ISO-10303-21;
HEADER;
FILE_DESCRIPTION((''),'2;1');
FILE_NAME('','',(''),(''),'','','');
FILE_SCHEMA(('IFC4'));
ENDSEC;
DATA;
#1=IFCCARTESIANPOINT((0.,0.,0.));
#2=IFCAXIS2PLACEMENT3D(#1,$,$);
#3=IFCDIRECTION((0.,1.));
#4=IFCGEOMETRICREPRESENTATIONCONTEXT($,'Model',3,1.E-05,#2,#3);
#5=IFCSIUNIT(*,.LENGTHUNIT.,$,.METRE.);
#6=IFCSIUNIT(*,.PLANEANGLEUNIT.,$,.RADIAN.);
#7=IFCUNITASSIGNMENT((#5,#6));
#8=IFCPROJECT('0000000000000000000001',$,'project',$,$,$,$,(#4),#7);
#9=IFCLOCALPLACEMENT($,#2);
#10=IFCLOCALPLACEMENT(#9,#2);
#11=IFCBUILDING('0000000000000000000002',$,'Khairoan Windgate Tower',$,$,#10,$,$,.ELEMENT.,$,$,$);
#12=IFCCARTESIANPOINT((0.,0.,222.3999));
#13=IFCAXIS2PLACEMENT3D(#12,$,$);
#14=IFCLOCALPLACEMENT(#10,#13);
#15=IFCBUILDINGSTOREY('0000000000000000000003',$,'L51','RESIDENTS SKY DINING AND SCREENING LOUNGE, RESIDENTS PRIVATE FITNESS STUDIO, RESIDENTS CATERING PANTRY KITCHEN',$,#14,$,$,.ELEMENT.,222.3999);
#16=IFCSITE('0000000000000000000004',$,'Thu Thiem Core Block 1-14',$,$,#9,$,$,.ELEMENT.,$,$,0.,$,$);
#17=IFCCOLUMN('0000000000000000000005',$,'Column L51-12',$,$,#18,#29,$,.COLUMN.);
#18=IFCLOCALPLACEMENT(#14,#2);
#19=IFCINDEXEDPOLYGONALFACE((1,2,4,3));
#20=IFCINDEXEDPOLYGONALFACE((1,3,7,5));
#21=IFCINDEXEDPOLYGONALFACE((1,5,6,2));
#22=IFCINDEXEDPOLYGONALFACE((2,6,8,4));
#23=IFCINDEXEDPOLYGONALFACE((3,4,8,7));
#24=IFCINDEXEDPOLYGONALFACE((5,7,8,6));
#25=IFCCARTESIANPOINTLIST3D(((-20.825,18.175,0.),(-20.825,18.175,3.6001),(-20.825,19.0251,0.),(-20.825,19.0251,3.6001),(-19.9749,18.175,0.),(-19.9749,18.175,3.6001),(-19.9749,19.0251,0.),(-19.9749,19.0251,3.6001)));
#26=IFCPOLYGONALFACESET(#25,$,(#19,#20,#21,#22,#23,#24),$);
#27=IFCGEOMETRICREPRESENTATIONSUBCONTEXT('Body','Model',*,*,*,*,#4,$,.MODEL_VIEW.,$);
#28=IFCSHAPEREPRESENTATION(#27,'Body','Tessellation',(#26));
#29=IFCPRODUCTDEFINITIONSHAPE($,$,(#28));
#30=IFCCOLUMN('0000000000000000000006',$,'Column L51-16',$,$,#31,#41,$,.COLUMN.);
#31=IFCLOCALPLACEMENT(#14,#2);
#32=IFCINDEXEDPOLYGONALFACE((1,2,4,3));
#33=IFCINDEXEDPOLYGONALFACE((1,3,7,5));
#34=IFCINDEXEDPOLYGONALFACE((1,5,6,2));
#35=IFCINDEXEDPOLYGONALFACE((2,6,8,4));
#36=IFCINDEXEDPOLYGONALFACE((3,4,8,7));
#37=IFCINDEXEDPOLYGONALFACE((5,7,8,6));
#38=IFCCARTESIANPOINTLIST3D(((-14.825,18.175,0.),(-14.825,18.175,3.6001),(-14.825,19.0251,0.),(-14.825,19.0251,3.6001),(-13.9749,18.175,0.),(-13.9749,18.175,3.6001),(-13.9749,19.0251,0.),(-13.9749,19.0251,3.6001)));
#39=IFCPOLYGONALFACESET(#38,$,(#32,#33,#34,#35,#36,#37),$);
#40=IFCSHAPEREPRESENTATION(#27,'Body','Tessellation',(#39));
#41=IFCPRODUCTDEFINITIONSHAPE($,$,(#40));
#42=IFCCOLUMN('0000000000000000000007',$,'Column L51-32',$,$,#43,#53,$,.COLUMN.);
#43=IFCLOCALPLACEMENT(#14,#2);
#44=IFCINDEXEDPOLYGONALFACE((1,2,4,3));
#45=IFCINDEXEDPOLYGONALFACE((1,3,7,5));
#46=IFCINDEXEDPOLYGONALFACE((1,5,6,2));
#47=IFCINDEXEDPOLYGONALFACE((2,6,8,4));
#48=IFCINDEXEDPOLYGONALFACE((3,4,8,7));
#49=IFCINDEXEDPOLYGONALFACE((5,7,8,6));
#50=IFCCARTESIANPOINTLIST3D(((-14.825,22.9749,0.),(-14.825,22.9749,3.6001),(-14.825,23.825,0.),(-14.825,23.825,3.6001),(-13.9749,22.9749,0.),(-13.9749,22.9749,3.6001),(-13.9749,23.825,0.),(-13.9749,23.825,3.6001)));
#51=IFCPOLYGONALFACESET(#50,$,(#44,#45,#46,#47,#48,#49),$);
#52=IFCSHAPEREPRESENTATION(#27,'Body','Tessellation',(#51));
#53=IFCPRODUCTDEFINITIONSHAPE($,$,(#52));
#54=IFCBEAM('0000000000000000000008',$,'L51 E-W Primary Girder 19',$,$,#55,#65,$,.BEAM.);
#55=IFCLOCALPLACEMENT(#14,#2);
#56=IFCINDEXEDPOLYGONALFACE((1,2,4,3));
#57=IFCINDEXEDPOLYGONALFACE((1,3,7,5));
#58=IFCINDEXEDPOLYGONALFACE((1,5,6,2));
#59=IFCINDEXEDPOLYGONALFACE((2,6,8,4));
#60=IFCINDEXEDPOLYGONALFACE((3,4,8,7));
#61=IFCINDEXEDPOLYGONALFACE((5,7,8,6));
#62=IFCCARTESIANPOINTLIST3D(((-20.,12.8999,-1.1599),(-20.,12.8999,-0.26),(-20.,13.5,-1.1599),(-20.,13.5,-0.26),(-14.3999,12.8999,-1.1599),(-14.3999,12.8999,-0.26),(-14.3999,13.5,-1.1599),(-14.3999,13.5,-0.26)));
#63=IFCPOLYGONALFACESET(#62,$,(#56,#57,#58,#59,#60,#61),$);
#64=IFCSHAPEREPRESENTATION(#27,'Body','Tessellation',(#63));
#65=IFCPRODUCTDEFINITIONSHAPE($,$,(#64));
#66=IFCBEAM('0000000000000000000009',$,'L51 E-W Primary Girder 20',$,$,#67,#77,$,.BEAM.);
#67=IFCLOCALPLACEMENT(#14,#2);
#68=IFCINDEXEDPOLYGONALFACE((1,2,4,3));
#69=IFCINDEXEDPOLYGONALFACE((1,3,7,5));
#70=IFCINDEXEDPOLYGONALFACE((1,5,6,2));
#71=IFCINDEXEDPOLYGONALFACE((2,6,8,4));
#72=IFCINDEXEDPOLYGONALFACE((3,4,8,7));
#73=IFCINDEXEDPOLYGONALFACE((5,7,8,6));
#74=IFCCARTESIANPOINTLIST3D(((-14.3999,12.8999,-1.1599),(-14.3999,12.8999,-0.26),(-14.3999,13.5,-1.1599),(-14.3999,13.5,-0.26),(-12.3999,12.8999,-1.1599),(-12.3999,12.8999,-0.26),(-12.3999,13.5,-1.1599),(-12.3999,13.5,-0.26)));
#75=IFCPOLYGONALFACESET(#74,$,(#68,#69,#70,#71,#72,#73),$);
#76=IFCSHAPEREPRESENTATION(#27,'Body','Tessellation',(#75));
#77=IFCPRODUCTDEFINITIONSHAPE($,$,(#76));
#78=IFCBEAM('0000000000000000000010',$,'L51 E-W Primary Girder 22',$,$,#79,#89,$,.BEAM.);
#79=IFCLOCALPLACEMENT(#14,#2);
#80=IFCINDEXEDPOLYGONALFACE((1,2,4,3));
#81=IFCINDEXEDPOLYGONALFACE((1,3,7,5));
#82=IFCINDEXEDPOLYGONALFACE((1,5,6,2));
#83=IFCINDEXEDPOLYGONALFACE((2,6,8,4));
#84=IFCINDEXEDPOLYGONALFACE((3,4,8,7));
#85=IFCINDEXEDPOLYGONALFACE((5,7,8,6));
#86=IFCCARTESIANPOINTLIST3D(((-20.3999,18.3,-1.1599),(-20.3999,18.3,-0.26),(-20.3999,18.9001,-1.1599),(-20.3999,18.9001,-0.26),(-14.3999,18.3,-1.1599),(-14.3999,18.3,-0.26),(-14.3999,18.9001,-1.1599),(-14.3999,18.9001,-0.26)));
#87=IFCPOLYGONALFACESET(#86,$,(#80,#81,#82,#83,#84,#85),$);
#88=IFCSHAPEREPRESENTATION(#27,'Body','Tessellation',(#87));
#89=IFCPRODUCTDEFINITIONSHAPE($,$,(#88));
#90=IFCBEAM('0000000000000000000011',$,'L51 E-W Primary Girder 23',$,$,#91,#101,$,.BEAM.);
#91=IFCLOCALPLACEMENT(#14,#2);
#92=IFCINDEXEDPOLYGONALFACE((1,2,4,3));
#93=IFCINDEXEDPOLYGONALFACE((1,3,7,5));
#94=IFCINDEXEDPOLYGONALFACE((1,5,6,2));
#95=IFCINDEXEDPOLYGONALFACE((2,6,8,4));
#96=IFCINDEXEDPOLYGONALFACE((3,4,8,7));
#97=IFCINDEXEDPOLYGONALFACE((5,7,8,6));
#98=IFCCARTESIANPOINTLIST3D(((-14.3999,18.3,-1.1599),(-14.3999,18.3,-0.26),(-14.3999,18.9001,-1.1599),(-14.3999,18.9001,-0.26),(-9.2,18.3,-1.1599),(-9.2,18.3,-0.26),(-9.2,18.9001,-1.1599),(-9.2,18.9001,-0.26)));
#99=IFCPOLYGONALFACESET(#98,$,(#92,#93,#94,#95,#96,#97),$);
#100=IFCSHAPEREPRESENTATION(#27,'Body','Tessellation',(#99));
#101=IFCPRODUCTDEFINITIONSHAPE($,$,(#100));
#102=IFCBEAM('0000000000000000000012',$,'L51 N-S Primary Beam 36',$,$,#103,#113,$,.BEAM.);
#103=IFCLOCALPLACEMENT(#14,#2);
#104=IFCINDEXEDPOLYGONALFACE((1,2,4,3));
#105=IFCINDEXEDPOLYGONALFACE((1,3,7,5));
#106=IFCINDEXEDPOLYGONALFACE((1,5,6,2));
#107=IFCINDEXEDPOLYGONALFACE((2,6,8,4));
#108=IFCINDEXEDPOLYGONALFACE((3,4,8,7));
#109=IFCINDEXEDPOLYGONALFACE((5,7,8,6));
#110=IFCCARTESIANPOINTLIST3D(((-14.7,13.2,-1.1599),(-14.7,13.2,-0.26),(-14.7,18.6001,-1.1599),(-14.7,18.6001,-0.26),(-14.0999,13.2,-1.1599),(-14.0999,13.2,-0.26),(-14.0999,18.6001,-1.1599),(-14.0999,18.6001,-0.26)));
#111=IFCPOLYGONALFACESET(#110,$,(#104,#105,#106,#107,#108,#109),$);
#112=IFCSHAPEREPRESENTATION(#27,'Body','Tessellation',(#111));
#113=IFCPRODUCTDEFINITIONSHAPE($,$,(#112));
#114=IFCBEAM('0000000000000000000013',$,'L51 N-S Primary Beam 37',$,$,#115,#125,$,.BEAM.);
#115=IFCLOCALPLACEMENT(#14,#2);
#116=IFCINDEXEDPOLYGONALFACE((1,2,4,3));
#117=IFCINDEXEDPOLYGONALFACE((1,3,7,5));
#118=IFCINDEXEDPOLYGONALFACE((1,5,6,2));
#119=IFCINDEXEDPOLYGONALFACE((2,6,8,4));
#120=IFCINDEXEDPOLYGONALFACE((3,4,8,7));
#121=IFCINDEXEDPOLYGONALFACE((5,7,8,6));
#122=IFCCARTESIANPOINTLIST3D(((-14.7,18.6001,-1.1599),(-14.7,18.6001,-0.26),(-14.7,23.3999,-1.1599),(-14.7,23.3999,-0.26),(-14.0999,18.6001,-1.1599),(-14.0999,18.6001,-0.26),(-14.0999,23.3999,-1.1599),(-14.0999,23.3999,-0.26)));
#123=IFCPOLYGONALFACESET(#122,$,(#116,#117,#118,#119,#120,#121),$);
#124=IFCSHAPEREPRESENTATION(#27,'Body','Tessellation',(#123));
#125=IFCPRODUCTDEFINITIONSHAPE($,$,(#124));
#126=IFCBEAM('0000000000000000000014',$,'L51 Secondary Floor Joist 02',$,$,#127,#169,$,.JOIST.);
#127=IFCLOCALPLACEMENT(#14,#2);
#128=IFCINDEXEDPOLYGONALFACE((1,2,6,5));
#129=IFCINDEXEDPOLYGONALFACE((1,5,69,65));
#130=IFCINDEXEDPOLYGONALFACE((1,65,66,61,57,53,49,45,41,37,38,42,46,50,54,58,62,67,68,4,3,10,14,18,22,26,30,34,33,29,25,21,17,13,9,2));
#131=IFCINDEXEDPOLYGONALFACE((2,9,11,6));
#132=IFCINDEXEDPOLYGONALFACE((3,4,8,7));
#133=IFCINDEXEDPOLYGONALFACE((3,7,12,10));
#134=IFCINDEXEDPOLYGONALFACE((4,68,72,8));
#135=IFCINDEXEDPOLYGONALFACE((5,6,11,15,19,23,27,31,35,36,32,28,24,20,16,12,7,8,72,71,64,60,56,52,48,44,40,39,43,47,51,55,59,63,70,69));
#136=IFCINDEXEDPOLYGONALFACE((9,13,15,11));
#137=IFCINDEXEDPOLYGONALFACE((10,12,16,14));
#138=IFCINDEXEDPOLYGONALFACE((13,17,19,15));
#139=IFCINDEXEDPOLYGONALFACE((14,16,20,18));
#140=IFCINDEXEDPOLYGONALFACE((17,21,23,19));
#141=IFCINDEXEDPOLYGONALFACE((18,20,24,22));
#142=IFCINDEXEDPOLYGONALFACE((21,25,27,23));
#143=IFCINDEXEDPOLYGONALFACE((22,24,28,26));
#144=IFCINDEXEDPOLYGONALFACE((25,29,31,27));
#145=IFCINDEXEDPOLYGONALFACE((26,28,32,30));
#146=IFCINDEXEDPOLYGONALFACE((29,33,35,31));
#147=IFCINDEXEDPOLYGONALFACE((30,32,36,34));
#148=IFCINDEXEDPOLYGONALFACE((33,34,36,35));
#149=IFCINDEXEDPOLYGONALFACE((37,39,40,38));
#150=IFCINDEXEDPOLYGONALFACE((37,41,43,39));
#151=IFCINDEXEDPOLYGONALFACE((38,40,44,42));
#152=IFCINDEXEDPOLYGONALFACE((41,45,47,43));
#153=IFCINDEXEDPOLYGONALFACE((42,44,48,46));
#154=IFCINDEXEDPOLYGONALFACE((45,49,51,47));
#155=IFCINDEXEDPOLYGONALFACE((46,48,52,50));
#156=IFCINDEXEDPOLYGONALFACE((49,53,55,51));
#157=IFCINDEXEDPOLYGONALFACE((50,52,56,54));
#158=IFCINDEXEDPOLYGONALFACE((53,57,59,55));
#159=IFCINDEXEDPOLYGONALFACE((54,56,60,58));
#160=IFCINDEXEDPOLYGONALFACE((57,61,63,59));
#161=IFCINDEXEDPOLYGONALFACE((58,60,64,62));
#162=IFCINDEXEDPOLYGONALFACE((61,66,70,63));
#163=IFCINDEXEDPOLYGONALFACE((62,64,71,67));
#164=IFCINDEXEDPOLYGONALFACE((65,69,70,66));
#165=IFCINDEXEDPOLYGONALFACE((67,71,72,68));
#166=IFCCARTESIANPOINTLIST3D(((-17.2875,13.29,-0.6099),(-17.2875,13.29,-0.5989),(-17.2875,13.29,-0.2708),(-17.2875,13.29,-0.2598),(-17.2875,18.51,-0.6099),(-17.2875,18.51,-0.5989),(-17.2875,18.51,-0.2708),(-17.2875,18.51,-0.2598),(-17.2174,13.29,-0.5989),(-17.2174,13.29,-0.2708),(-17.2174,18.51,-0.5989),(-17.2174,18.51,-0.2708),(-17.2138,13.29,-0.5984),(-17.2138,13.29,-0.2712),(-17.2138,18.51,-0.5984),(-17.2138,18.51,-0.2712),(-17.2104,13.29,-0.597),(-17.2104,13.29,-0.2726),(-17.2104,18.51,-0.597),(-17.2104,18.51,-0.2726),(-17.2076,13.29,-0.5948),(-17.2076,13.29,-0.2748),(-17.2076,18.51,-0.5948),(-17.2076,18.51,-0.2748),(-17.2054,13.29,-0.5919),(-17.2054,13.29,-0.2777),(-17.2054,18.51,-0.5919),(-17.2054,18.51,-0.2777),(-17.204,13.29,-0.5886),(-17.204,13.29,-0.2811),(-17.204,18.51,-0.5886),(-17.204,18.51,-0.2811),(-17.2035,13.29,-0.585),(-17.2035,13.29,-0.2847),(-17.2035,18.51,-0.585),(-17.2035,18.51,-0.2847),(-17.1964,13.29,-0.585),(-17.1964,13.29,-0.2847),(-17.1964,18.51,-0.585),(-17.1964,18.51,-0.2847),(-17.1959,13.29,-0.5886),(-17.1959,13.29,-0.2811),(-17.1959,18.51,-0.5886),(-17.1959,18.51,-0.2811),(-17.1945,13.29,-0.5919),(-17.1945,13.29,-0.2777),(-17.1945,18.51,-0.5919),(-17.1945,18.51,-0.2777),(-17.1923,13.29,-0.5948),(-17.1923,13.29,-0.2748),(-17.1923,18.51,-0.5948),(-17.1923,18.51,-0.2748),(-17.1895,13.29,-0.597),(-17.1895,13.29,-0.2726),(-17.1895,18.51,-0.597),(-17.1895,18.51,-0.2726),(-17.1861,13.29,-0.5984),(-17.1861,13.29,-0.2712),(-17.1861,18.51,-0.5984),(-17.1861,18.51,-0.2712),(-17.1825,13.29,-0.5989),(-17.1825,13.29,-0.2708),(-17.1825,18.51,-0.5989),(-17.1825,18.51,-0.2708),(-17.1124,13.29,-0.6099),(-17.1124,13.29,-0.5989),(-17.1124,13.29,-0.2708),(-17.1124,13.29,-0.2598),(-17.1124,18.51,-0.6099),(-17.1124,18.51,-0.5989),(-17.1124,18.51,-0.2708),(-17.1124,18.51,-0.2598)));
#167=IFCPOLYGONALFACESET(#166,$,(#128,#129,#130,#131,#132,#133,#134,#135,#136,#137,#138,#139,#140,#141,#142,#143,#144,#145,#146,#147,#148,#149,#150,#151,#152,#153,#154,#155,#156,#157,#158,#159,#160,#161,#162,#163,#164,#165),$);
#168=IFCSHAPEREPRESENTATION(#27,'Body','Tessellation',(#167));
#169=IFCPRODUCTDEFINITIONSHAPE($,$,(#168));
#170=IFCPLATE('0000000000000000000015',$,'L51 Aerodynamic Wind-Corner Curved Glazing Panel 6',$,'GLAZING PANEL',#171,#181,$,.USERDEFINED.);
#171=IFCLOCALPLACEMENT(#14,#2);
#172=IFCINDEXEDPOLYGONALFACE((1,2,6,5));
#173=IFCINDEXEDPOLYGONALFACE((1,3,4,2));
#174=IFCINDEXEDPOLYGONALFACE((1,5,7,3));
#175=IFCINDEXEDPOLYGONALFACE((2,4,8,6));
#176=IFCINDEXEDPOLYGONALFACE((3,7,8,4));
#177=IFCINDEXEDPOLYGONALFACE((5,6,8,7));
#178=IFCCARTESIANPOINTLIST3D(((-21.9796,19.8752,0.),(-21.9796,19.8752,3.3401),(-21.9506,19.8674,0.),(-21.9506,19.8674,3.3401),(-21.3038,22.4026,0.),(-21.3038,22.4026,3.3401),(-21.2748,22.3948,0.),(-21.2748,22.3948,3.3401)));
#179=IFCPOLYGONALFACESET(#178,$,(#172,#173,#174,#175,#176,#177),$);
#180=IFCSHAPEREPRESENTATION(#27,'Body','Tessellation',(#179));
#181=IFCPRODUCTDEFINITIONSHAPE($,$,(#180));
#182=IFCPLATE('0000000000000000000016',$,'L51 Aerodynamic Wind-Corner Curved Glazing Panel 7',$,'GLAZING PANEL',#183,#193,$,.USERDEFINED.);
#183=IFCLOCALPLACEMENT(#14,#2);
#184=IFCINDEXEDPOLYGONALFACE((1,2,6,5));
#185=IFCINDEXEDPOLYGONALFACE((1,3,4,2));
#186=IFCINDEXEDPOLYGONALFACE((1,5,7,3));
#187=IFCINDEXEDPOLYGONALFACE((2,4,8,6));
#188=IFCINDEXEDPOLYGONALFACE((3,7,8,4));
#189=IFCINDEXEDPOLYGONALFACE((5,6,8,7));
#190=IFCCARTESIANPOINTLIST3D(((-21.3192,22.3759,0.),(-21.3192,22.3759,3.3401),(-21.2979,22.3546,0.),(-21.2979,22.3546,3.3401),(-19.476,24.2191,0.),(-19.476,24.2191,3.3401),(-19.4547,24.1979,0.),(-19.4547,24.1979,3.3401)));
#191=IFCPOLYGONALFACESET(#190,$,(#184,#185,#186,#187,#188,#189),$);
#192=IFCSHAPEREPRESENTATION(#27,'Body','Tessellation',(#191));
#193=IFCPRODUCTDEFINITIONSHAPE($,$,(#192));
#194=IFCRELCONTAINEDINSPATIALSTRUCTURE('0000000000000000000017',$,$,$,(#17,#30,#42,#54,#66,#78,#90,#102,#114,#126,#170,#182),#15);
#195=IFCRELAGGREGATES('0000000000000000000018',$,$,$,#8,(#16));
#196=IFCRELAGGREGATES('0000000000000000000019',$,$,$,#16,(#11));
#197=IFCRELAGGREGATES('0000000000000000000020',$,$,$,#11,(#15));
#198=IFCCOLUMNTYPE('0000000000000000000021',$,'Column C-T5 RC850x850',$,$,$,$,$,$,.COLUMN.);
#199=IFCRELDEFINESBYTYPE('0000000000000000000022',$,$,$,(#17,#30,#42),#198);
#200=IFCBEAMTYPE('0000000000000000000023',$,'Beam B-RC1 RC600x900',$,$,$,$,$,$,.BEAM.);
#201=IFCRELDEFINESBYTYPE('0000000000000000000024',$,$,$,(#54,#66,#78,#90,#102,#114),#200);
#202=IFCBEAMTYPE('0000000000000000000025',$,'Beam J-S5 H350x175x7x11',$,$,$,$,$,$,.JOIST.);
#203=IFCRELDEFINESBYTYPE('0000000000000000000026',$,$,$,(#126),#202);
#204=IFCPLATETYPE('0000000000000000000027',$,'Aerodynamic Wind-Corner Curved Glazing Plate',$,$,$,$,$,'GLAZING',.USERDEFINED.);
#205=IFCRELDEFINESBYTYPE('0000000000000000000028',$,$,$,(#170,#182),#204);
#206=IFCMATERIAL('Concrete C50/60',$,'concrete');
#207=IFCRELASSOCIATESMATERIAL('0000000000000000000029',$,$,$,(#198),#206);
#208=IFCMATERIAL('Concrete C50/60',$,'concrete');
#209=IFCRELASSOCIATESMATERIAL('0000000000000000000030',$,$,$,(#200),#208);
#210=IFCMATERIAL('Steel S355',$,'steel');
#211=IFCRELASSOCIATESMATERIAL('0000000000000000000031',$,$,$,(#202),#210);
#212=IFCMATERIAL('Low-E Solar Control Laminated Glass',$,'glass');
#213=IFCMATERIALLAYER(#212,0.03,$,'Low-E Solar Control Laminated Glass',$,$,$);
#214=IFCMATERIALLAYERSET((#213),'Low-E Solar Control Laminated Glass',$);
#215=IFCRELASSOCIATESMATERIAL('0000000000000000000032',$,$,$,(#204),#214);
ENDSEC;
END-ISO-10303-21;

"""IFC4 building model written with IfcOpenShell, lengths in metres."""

from ifc_helpers import new_model, si_unit, direction, frame, origin, origin_2d, place, context, subcontext, project, spatial, rectangle, i_section, extrude, material, layer, layer_set, material_profile, profile_set, type_object, element, save


model = new_model("IFC4")

# Units and contexts
model_context = context("Model", 3, precision=1e-05, world=origin(), true_north=direction((0.0, 1.0)))
body_context = subcontext(model_context, "Body", "Model", "MODEL_VIEW")
ifc_project = project(units=[si_unit("LENGTHUNIT", "METRE"), si_unit("PLANEANGLEUNIT", "RADIAN")], contexts=[model_context])

# Site, building, storey
site_placement = place(None, origin())
site = spatial("IfcSite", under=ifc_project, at=site_placement, Name="Thu Thiem Core Block 1-14", CompositionType="ELEMENT", RefElevation=0.0)
building_placement = place(site_placement, origin())
building = spatial("IfcBuilding", under=site, at=building_placement, Name="Khairoan Windgate Tower", CompositionType="ELEMENT")
storey_placement = place(building_placement, frame((0.0, 0.0, 222.3999)))
storey = spatial("IfcBuildingStorey", under=building, at=storey_placement, Name="L51", Description="RESIDENTS SKY DINING AND SCREENING LOUNGE, RESIDENTS PRIVATE FITNESS STUDIO, RESIDENTS CATERING PANTRY KITCHEN", CompositionType="ELEMENT", Elevation=222.3999)

# Columns
ifc_material_1 = material(Name="Concrete C50/60", Category="concrete")
ifc_material_profile_1 = material_profile(ifc_material_1, rectangle(XDim=0.8501, YDim=0.8501, at=origin_2d()))
ifc_profile_set_1 = profile_set([ifc_material_profile_1], Name="Concrete C50/60")
column_type = type_object("IfcColumnType", Name="Column C-T5 RC850x850", PredefinedType="COLUMN", material=ifc_profile_set_1)
for number, where, z_axis, x_axis, name in (
    (1, (-20.3999, 18.6001, 0.0), (0.0, 0.0, 1.0), (1.0, 0.0, 0.0), "Column L51-12"),
    (2, (-14.3999, 18.6001, 0.0), (0.0, 0.0, 1.0), (1.0, 0.0, 0.0), "Column L51-16"),
    (3, (-14.3999, 23.3999, 0.0), (0.0, 0.0, 1.0), (1.0, 0.0, 0.0), "Column L51-32"),
):
    element("IfcColumn", number, at=place(storey_placement, frame(where, z_axis=z_axis, x_axis=x_axis)), inside=storey, type_object=column_type, Name=name, PredefinedType="COLUMN", context=body_context, shape_type="SweptSolid", body=[
        extrude(rectangle(XDim=0.8501, YDim=0.8501, at=origin_2d()), origin(), (0.0, 0.0, 1.0), 3.6001),
    ])

# Beams
ifc_material_2 = material(Name="Concrete C50/60", Category="concrete")
ifc_material_profile_2 = material_profile(ifc_material_2, rectangle(XDim=0.6001, YDim=0.8999, at=origin_2d()))
ifc_profile_set_2 = profile_set([ifc_material_profile_2], Name="Concrete C50/60")
beam_type_1 = type_object("IfcBeamType", Name="Beam B-RC1 RC600x900", PredefinedType="BEAM", material=ifc_profile_set_2)
beam_1_placement = place(storey_placement, frame((-20.0, 13.2, -0.71), z_axis=(1.0, 0.0, 0.0), x_axis=(0.0, 1.0, 0.0)))
element("IfcBeam", 4, at=beam_1_placement, inside=storey, type_object=beam_type_1, Name="L51 E-W Primary Girder 19", PredefinedType="BEAM", context=body_context, shape_type="SweptSolid", body=[
    extrude(rectangle(XDim=0.6001, YDim=0.8999, at=origin_2d()), origin(), (0.0, 0.0, 1.0), 5.6001),
])
beam_2_placement = place(storey_placement, frame((-14.3999, 13.2, -0.71), z_axis=(1.0, 0.0, 0.0), x_axis=(0.0, 1.0, 0.0)))
element("IfcBeam", 5, at=beam_2_placement, inside=storey, type_object=beam_type_1, Name="L51 E-W Primary Girder 20", PredefinedType="BEAM", context=body_context, shape_type="SweptSolid", body=[
    extrude(rectangle(XDim=0.6001, YDim=0.8999, at=origin_2d()), origin(), (0.0, 0.0, 1.0), 2.0),
])
beam_3_placement = place(storey_placement, frame((-20.3999, 18.6001, -0.71), z_axis=(1.0, 0.0, 0.0), x_axis=(0.0, 1.0, 0.0)))
element("IfcBeam", 6, at=beam_3_placement, inside=storey, type_object=beam_type_1, Name="L51 E-W Primary Girder 22", PredefinedType="BEAM", context=body_context, shape_type="SweptSolid", body=[
    extrude(rectangle(XDim=0.6001, YDim=0.8999, at=origin_2d()), origin(), (0.0, 0.0, 1.0), 6.0),
])
beam_4_placement = place(storey_placement, frame((-14.3999, 18.6001, -0.71), z_axis=(1.0, 0.0, 0.0), x_axis=(0.0, 1.0, 0.0)))
element("IfcBeam", 7, at=beam_4_placement, inside=storey, type_object=beam_type_1, Name="L51 E-W Primary Girder 23", PredefinedType="BEAM", context=body_context, shape_type="SweptSolid", body=[
    extrude(rectangle(XDim=0.6001, YDim=0.8999, at=origin_2d()), origin(), (0.0, 0.0, 1.0), 5.2),
])
beam_5_placement = place(storey_placement, frame((-14.3999, 13.2, -0.71), z_axis=(0.0, 1.0, 0.0), x_axis=(-1.0, 0.0, 0.0)))
element("IfcBeam", 8, at=beam_5_placement, inside=storey, type_object=beam_type_1, Name="L51 N-S Primary Beam 36", PredefinedType="BEAM", context=body_context, shape_type="SweptSolid", body=[
    extrude(rectangle(XDim=0.6001, YDim=0.8999, at=origin_2d()), origin(), (0.0, 0.0, 1.0), 5.4001),
])
beam_6_placement = place(storey_placement, frame((-14.3999, 18.6001, -0.71), z_axis=(0.0, 1.0, 0.0), x_axis=(-1.0, 0.0, 0.0)))
element("IfcBeam", 9, at=beam_6_placement, inside=storey, type_object=beam_type_1, Name="L51 N-S Primary Beam 37", PredefinedType="BEAM", context=body_context, shape_type="SweptSolid", body=[
    extrude(rectangle(XDim=0.6001, YDim=0.8999, at=origin_2d()), origin(), (0.0, 0.0, 1.0), 4.7998),
])
ifc_material_3 = material(Name="Steel S355", Category="steel")
ifc_material_profile_3 = material_profile(ifc_material_3, i_section(OverallWidth=0.175, OverallDepth=0.3501, WebThickness=0.0071, FlangeThickness=0.011, FilletRadius=0.0139, at=origin_2d()))
ifc_profile_set_3 = profile_set([ifc_material_profile_3], Name="Steel S355")
beam_type_2 = type_object("IfcBeamType", Name="Beam J-S5 H350x175x7x11", PredefinedType="JOIST", material=ifc_profile_set_3)
beam_7_placement = place(storey_placement, frame((-17.2, 13.29, -0.4348), z_axis=(0.0, 1.0, 0.0), x_axis=(-1.0, 0.0, 0.0)))
element("IfcBeam", 10, at=beam_7_placement, inside=storey, type_object=beam_type_2, Name="L51 Secondary Floor Joist 02", PredefinedType="JOIST", context=body_context, shape_type="SweptSolid", body=[
    extrude(i_section(OverallWidth=0.175, OverallDepth=0.3501, WebThickness=0.0071, FlangeThickness=0.011, FilletRadius=0.0139, at=origin_2d()), origin(), (0.0, 0.0, 1.0), 5.22),
])

# Plates
ifc_material_4 = material(Name="Low-E Solar Control Laminated Glass", Category="glass")
ifc_layer_1 = layer(ifc_material_4, 0.03, Name="Low-E Solar Control Laminated Glass")
ifc_layer_set_1 = layer_set([ifc_layer_1], Name="Low-E Solar Control Laminated Glass")
plate_type_1 = type_object("IfcPlateType", Name="Aerodynamic Wind-Corner Curved Glazing Plate", ElementType="GLAZING", PredefinedType="USERDEFINED", material=ifc_layer_set_1)
plate_1_placement = place(storey_placement, frame((-21.6272, 21.135, 0.0), z_axis=(0.0, 0.0, 1.0), x_axis=(0.258313, 0.966061, 0.0)))
element("IfcPlate", 11, at=plate_1_placement, inside=storey, type_object=plate_type_1, Name="L51 Aerodynamic Wind-Corner Curved Glazing Panel 6", ObjectType="GLAZING PANEL", PredefinedType="USERDEFINED", context=body_context, shape_type="SweptSolid", body=[
    extrude(rectangle(XDim=2.6162, YDim=0.03, at=origin_2d()), origin(), (0.0, 0.0, 1.0), 3.3401),
])
plate_2_placement = place(storey_placement, frame((-20.387, 23.2869, 0.0), z_axis=(0.0, 0.0, 1.0), x_axis=(0.707107, 0.707107, 0.0)))
element("IfcPlate", 12, at=plate_2_placement, inside=storey, type_object=plate_type_1, Name="L51 Aerodynamic Wind-Corner Curved Glazing Panel 7", ObjectType="GLAZING PANEL", PredefinedType="USERDEFINED", context=body_context, shape_type="SweptSolid", body=[
    extrude(rectangle(XDim=2.6067, YDim=0.03, at=origin_2d()), origin(), (0.0, 0.0, 1.0), 3.3401),
])

save(model, "model.ifc")
